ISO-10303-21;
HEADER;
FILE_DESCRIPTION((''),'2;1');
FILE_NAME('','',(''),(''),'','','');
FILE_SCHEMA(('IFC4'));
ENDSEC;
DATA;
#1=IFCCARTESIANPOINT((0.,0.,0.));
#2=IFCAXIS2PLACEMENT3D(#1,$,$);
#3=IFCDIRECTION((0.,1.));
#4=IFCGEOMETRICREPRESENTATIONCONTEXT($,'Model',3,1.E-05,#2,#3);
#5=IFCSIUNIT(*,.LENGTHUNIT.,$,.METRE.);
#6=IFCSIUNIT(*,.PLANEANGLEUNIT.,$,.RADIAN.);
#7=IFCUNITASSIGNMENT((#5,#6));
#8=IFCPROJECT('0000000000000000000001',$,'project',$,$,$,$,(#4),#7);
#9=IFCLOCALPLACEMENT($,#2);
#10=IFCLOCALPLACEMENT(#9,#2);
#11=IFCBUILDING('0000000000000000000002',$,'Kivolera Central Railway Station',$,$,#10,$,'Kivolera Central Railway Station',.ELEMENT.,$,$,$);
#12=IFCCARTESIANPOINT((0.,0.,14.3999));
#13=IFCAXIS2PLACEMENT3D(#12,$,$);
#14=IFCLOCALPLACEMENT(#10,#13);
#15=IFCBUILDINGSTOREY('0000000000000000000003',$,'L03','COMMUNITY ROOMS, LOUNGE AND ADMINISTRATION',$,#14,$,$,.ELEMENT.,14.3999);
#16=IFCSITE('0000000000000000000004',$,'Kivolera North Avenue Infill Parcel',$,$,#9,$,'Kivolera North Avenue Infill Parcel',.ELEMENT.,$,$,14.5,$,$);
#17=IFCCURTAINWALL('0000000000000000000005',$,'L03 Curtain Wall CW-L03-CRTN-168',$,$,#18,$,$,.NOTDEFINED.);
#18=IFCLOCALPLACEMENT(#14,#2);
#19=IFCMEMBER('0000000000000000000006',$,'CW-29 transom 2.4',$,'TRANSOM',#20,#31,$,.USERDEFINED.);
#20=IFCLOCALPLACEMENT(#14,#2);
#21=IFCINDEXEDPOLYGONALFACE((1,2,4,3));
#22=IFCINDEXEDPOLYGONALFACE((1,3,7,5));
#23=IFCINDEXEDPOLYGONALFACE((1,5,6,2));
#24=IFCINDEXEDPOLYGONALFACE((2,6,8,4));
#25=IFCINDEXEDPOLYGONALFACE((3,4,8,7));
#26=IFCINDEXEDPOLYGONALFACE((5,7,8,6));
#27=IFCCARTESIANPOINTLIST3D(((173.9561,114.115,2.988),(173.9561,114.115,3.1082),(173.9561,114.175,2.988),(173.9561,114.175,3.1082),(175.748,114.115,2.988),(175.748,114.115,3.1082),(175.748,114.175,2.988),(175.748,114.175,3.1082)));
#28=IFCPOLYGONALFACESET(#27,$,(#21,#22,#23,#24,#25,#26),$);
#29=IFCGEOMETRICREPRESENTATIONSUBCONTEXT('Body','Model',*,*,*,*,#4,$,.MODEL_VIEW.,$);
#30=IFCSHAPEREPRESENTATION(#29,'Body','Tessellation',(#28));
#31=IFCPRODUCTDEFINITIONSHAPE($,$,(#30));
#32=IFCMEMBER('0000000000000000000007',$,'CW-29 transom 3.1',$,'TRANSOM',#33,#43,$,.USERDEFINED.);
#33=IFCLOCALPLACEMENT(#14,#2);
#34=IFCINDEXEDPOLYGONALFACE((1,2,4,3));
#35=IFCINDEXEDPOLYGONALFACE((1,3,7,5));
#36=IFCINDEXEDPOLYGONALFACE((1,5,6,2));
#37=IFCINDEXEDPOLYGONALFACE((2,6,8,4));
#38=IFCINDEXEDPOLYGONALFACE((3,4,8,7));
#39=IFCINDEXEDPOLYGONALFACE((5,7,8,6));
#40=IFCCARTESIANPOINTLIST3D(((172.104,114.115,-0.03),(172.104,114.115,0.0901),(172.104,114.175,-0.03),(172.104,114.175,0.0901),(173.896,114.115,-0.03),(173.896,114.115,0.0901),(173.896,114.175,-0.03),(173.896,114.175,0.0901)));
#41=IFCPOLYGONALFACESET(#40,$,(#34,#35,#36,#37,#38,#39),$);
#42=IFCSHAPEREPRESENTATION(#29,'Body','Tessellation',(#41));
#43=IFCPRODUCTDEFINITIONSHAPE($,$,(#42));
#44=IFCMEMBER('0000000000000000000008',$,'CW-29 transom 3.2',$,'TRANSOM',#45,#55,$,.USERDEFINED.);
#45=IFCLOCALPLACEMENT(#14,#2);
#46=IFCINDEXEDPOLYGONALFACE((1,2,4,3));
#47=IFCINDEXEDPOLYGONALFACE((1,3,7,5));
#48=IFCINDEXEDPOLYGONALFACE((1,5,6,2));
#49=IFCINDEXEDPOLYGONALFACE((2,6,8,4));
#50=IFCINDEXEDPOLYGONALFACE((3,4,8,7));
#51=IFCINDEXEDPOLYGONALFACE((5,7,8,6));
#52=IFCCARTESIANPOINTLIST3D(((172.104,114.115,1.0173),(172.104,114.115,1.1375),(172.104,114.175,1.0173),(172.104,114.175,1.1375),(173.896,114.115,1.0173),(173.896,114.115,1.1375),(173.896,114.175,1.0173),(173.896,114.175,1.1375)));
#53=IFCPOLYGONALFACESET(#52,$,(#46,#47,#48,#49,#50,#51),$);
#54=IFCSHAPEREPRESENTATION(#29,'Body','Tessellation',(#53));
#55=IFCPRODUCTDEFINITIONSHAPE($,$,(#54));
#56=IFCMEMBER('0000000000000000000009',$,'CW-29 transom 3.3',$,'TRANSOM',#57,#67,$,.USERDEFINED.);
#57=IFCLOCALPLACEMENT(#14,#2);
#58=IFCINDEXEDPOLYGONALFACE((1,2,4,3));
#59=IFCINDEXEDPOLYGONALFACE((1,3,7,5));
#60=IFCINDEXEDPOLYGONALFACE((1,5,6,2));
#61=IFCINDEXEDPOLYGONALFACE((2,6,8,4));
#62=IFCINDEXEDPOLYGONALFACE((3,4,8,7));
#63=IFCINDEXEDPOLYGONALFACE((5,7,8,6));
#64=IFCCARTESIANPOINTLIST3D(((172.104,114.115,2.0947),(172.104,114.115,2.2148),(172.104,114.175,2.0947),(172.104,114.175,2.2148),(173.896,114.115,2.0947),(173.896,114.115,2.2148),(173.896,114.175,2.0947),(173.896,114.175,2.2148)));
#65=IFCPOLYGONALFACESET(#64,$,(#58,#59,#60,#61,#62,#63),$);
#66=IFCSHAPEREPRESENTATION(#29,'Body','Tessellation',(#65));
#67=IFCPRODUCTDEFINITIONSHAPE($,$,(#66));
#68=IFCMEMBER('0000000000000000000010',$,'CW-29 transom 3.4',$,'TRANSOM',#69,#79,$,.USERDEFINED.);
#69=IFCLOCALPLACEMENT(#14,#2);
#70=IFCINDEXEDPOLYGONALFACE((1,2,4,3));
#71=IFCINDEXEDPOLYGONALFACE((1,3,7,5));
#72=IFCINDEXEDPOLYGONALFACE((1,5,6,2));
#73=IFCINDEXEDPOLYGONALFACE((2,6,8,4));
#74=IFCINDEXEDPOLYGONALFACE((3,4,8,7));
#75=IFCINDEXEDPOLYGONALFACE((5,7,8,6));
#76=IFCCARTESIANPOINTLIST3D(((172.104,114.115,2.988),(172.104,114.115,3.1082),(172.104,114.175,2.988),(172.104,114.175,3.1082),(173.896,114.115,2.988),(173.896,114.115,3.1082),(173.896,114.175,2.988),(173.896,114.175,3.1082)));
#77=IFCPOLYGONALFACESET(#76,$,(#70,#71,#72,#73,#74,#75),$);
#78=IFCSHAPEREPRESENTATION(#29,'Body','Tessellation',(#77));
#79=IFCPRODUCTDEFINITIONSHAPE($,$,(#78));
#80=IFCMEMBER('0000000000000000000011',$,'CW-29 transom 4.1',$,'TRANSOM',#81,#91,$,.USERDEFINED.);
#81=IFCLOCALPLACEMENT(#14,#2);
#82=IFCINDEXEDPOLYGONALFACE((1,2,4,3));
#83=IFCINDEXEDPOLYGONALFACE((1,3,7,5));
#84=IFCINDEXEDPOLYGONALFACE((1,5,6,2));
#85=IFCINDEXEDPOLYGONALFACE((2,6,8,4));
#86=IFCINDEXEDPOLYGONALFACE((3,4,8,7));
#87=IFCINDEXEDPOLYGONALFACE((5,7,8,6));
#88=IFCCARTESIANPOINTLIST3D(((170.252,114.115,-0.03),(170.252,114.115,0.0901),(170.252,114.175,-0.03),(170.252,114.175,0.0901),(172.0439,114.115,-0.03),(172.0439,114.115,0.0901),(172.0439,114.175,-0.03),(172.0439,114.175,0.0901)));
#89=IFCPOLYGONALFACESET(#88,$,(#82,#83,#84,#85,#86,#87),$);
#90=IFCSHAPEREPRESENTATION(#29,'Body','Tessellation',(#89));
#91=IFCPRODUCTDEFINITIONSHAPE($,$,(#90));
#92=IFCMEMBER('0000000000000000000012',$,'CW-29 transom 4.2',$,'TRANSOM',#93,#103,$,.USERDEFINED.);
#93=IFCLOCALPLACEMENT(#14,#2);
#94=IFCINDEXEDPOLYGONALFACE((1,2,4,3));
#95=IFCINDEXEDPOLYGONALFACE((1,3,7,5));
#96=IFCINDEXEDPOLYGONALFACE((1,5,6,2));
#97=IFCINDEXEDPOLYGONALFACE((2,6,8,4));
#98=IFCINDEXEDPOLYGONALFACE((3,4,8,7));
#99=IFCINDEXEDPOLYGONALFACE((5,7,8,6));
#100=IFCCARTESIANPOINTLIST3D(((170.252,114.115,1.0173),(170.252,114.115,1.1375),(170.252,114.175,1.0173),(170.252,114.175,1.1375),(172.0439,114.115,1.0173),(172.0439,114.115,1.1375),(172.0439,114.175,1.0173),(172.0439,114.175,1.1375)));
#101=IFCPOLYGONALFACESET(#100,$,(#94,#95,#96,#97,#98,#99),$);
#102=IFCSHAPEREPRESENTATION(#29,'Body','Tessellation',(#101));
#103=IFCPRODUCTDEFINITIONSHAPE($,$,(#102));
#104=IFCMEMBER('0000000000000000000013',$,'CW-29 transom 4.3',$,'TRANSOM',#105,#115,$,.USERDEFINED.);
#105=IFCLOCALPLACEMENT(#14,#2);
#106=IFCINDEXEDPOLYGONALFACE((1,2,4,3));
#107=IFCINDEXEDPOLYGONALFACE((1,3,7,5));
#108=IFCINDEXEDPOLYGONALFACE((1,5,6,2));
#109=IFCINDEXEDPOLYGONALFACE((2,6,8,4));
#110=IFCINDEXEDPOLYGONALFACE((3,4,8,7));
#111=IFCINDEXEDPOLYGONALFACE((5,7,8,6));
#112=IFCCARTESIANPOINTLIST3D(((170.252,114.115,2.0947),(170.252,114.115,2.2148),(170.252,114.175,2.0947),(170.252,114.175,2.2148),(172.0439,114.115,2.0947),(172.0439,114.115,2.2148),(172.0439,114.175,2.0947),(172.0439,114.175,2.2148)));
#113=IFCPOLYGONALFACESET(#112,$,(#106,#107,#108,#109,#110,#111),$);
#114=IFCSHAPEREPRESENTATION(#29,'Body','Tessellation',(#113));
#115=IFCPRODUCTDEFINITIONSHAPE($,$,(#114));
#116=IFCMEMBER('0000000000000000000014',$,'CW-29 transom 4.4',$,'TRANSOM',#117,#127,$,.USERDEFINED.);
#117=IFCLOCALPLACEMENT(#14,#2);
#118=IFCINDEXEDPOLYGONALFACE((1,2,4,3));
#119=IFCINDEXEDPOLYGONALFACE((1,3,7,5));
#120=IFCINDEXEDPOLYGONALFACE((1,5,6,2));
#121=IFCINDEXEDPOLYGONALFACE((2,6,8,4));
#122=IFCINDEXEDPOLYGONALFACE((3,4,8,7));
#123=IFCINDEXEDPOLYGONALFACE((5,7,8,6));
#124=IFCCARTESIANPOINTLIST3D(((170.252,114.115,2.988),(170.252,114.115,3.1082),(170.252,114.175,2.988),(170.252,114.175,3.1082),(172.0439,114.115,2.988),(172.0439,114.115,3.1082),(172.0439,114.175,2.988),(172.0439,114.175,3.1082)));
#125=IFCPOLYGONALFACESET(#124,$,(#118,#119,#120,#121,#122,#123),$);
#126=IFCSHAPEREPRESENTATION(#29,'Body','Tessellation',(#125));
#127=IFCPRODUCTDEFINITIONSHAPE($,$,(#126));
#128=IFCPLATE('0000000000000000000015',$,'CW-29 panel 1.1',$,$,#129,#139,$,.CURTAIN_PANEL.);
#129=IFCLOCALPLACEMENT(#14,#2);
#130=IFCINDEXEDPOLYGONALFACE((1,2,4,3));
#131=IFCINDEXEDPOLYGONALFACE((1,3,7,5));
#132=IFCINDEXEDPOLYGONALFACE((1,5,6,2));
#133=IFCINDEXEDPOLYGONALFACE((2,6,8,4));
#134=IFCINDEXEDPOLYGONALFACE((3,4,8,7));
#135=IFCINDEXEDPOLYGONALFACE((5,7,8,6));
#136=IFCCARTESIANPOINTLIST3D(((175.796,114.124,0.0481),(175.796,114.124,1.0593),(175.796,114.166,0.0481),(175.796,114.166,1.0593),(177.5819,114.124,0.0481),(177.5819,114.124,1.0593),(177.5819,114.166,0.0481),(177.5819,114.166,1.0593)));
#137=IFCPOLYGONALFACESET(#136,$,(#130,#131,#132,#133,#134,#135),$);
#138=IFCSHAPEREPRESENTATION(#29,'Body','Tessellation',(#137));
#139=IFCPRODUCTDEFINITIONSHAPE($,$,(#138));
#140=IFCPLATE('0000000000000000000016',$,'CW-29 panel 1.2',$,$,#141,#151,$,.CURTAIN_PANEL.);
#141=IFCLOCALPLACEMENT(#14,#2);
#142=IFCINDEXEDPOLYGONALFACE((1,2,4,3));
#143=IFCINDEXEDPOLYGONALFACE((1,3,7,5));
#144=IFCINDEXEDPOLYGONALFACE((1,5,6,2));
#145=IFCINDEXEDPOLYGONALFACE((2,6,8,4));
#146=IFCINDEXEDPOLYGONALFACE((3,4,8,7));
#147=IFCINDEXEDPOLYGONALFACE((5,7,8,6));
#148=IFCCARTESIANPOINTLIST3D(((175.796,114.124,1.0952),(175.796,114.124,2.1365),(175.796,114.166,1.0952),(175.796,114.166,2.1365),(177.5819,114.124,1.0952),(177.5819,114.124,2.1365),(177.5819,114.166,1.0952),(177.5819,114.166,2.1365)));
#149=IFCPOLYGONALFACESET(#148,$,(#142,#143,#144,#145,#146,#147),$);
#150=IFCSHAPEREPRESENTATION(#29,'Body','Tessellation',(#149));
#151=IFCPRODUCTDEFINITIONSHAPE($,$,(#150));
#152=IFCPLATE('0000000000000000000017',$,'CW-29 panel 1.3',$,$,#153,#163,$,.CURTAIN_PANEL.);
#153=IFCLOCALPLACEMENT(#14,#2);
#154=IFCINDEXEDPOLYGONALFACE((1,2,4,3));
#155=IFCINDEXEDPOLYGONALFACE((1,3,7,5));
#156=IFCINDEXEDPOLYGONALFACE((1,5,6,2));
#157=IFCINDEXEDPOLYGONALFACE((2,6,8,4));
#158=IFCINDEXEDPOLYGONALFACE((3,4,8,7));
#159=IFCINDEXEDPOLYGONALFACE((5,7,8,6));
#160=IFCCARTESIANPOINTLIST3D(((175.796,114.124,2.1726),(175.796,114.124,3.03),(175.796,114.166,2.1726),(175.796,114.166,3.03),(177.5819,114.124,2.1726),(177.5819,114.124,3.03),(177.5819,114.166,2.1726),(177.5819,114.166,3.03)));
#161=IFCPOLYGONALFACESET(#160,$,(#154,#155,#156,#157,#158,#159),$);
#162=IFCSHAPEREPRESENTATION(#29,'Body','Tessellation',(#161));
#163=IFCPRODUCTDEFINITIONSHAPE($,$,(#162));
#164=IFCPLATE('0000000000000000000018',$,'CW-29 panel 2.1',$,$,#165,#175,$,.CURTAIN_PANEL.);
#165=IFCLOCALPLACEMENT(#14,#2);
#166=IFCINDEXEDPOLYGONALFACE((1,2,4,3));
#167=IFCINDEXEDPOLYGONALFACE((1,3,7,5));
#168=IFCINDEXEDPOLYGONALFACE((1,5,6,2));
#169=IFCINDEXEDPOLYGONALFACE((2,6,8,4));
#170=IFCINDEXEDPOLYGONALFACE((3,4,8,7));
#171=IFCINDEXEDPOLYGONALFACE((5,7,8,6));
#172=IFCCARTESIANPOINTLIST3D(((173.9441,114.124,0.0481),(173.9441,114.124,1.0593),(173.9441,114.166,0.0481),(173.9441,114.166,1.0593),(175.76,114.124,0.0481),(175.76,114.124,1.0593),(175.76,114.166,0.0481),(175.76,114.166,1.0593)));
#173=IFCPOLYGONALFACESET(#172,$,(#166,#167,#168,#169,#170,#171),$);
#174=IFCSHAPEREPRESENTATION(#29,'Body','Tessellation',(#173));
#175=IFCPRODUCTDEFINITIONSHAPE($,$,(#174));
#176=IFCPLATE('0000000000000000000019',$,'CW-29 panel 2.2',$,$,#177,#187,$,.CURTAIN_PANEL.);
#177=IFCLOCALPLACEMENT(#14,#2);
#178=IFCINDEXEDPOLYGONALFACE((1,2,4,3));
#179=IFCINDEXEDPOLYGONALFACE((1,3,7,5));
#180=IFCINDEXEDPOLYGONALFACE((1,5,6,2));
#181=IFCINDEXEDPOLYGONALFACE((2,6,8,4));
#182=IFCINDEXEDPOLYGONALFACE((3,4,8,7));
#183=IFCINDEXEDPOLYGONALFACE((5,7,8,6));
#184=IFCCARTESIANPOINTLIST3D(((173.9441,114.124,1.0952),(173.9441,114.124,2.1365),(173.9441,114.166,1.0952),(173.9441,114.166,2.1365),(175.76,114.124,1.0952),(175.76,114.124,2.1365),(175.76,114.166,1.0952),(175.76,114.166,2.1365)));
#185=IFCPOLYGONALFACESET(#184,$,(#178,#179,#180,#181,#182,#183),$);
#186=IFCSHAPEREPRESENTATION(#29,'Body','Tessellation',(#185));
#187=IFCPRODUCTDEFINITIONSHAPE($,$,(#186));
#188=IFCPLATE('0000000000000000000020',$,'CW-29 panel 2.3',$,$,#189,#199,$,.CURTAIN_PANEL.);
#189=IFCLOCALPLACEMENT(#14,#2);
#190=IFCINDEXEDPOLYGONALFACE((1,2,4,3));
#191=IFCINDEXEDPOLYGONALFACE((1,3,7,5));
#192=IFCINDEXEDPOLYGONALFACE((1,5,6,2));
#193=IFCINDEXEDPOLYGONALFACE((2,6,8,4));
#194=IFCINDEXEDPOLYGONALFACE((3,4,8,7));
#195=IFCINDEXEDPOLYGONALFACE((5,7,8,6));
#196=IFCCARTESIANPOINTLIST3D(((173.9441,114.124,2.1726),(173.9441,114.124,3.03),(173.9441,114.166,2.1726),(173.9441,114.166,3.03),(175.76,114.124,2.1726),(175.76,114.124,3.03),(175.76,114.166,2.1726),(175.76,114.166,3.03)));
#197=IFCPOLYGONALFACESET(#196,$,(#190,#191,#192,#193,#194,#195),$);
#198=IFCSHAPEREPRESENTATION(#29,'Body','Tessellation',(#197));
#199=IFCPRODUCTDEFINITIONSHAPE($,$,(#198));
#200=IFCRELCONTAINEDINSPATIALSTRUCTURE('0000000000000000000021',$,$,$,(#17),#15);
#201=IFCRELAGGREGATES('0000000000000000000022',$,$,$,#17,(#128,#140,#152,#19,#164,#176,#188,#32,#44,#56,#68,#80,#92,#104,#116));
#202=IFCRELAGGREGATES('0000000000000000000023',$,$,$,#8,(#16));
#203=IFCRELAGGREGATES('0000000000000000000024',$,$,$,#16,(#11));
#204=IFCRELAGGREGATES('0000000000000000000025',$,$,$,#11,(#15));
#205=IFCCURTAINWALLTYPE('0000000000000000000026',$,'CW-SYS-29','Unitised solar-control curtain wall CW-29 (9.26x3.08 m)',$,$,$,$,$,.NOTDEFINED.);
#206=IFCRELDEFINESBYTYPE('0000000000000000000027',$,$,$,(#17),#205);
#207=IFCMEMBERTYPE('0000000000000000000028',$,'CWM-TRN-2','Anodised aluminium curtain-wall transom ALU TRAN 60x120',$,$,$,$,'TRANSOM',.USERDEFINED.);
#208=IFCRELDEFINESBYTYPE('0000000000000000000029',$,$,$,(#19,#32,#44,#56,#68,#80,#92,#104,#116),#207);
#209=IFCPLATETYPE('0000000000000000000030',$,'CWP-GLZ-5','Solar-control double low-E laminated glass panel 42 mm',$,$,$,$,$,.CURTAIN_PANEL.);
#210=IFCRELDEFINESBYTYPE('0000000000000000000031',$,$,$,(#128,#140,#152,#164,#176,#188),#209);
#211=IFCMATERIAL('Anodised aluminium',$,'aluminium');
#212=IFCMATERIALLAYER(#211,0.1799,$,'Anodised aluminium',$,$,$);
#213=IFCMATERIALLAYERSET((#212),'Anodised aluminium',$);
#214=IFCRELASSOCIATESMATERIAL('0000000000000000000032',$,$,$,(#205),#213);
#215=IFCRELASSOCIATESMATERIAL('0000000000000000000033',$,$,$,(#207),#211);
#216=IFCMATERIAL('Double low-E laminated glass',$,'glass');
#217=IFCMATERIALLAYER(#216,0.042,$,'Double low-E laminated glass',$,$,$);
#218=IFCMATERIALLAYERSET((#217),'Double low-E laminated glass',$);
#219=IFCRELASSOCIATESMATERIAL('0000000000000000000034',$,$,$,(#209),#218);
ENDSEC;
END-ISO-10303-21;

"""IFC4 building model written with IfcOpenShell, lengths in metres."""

from ifc_helpers import new_model, si_unit, direction, frame, origin, origin_2d, place, context, subcontext, project, spatial, rectangle, extrude, material, layer, layer_set, material_profile, profile_set, type_object, element, aggregate, save


model = new_model("IFC4")

# Units and contexts
model_context = context("Model", 3, precision=1e-05, world=origin(), true_north=direction((0.0, 1.0)))
body_context = subcontext(model_context, "Body", "Model", "MODEL_VIEW")
ifc_project = project(units=[si_unit("LENGTHUNIT", "METRE"), si_unit("PLANEANGLEUNIT", "RADIAN")], contexts=[model_context])

# Site, building, storey
site_placement = place(None, origin())
site = spatial("IfcSite", under=ifc_project, at=site_placement, Name="Kivolera North Avenue Infill Parcel", LongName="Kivolera North Avenue Infill Parcel", CompositionType="ELEMENT", RefElevation=14.5)
building_placement = place(site_placement, origin())
building = spatial("IfcBuilding", under=site, at=building_placement, Name="Kivolera Central Railway Station", LongName="Kivolera Central Railway Station", CompositionType="ELEMENT")
storey_placement = place(building_placement, frame((0.0, 0.0, 14.3999)))
storey = spatial("IfcBuildingStorey", under=building, at=storey_placement, Name="L03", Description="COMMUNITY ROOMS, LOUNGE AND ADMINISTRATION", CompositionType="ELEMENT", Elevation=14.3999)

# Curtain wall, members, plates
ifc_material_1 = material(Name="Anodised aluminium", Category="aluminium")
ifc_layer_1 = layer(ifc_material_1, 0.1799, Name="Anodised aluminium")
ifc_layer_set_1 = layer_set([ifc_layer_1], Name="Anodised aluminium")
curtain_wall_type = type_object("IfcCurtainWallType", Name="CW-SYS-29", Description="Unitised solar-control curtain wall CW-29 (9.26x3.08 m)", PredefinedType="NOTDEFINED", material=ifc_layer_set_1)
curtain_wall_placement = place(storey_placement, origin())
curtain_wall = element("IfcCurtainWall", 1, at=curtain_wall_placement, inside=storey, type_object=curtain_wall_type, Name="L03 Curtain Wall CW-L03-CRTN-168", PredefinedType="NOTDEFINED")
ifc_material_profile_1 = material_profile(ifc_material_1, rectangle(XDim=0.0601, YDim=0.1201, at=origin_2d()), Name="ALU TRAN 60x120")
ifc_profile_set_1 = profile_set([ifc_material_profile_1], Name="Anodised aluminium")
member_type_1 = type_object("IfcMemberType", Name="CWM-TRN-2", Description="Anodised aluminium curtain-wall transom ALU TRAN 60x120", ElementType="TRANSOM", PredefinedType="USERDEFINED", material=ifc_profile_set_1)
member_1_placement = place(storey_placement, frame((175.748, 114.145, 3.0481), z_axis=(-1.0, 0.0, 0.0), x_axis=(0.0, -1.0, 0.0)))
member_1 = element("IfcMember", 2, at=member_1_placement, type_object=member_type_1, Name="CW-29 transom 2.4", ObjectType="TRANSOM", PredefinedType="USERDEFINED", context=body_context, shape_type="SweptSolid", body=[
    extrude(rectangle(XDim=0.0601, YDim=0.1201, at=origin_2d()), origin(), (0.0, 0.0, 1.0), 1.792),
])
member_2_placement = place(storey_placement, frame((173.896, 114.145, 0.03), z_axis=(-1.0, 0.0, 0.0), x_axis=(0.0, -1.0, 0.0)))
member_2 = element("IfcMember", 3, at=member_2_placement, type_object=member_type_1, Name="CW-29 transom 3.1", ObjectType="TRANSOM", PredefinedType="USERDEFINED", context=body_context, shape_type="SweptSolid", body=[
    extrude(rectangle(XDim=0.0601, YDim=0.1201, at=origin_2d()), origin(), (0.0, 0.0, 1.0), 1.792),
])
member_3_placement = place(storey_placement, frame((173.896, 114.145, 1.0774), z_axis=(-1.0, 0.0, 0.0), x_axis=(0.0, -1.0, 0.0)))
member_3 = element("IfcMember", 4, at=member_3_placement, type_object=member_type_1, Name="CW-29 transom 3.2", ObjectType="TRANSOM", PredefinedType="USERDEFINED", context=body_context, shape_type="SweptSolid", body=[
    extrude(rectangle(XDim=0.0601, YDim=0.1201, at=origin_2d()), origin(), (0.0, 0.0, 1.0), 1.792),
])
member_4_placement = place(storey_placement, frame((173.896, 114.145, 2.1548), z_axis=(-1.0, 0.0, 0.0), x_axis=(0.0, -1.0, 0.0)))
member_4 = element("IfcMember", 5, at=member_4_placement, type_object=member_type_1, Name="CW-29 transom 3.3", ObjectType="TRANSOM", PredefinedType="USERDEFINED", context=body_context, shape_type="SweptSolid", body=[
    extrude(rectangle(XDim=0.0601, YDim=0.1201, at=origin_2d()), origin(), (0.0, 0.0, 1.0), 1.792),
])
member_5_placement = place(storey_placement, frame((173.896, 114.145, 3.0481), z_axis=(-1.0, 0.0, 0.0), x_axis=(0.0, -1.0, 0.0)))
member_5 = element("IfcMember", 6, at=member_5_placement, type_object=member_type_1, Name="CW-29 transom 3.4", ObjectType="TRANSOM", PredefinedType="USERDEFINED", context=body_context, shape_type="SweptSolid", body=[
    extrude(rectangle(XDim=0.0601, YDim=0.1201, at=origin_2d()), origin(), (0.0, 0.0, 1.0), 1.792),
])
member_6_placement = place(storey_placement, frame((172.0439, 114.145, 0.03), z_axis=(-1.0, 0.0, 0.0), x_axis=(0.0, -1.0, 0.0)))
member_6 = element("IfcMember", 7, at=member_6_placement, type_object=member_type_1, Name="CW-29 transom 4.1", ObjectType="TRANSOM", PredefinedType="USERDEFINED", context=body_context, shape_type="SweptSolid", body=[
    extrude(rectangle(XDim=0.0601, YDim=0.1201, at=origin_2d()), origin(), (0.0, 0.0, 1.0), 1.792),
])
member_7_placement = place(storey_placement, frame((172.0439, 114.145, 1.0774), z_axis=(-1.0, 0.0, 0.0), x_axis=(0.0, -1.0, 0.0)))
member_7 = element("IfcMember", 8, at=member_7_placement, type_object=member_type_1, Name="CW-29 transom 4.2", ObjectType="TRANSOM", PredefinedType="USERDEFINED", context=body_context, shape_type="SweptSolid", body=[
    extrude(rectangle(XDim=0.0601, YDim=0.1201, at=origin_2d()), origin(), (0.0, 0.0, 1.0), 1.792),
])
member_8_placement = place(storey_placement, frame((172.0439, 114.145, 2.1548), z_axis=(-1.0, 0.0, 0.0), x_axis=(0.0, -1.0, 0.0)))
member_8 = element("IfcMember", 9, at=member_8_placement, type_object=member_type_1, Name="CW-29 transom 4.3", ObjectType="TRANSOM", PredefinedType="USERDEFINED", context=body_context, shape_type="SweptSolid", body=[
    extrude(rectangle(XDim=0.0601, YDim=0.1201, at=origin_2d()), origin(), (0.0, 0.0, 1.0), 1.792),
])
member_9_placement = place(storey_placement, frame((172.0439, 114.145, 3.0481), z_axis=(-1.0, 0.0, 0.0), x_axis=(0.0, -1.0, 0.0)))
member_9 = element("IfcMember", 10, at=member_9_placement, type_object=member_type_1, Name="CW-29 transom 4.4", ObjectType="TRANSOM", PredefinedType="USERDEFINED", context=body_context, shape_type="SweptSolid", body=[
    extrude(rectangle(XDim=0.0601, YDim=0.1201, at=origin_2d()), origin(), (0.0, 0.0, 1.0), 1.792),
])
ifc_material_2 = material(Name="Double low-E laminated glass", Category="glass")
ifc_layer_2 = layer(ifc_material_2, 0.042, Name="Double low-E laminated glass")
ifc_layer_set_2 = layer_set([ifc_layer_2], Name="Double low-E laminated glass")
plate_type = type_object("IfcPlateType", Name="CWP-GLZ-5", Description="Solar-control double low-E laminated glass panel 42 mm", PredefinedType="CURTAIN_PANEL", material=ifc_layer_set_2)
plate_1_placement = place(storey_placement, frame((176.689, 114.145, 0.0481), z_axis=(0.0, 0.0, 1.0), x_axis=(-1.0, 0.0, 0.0)))
plate_1 = element("IfcPlate", 11, at=plate_1_placement, type_object=plate_type, Name="CW-29 panel 1.1", PredefinedType="CURTAIN_PANEL", context=body_context, shape_type="SweptSolid", body=[
    extrude(rectangle(XDim=1.7859, YDim=0.042, at=origin_2d()), origin(), (0.0, 0.0, 1.0), 1.0112),
])
plate_2_placement = place(storey_placement, frame((176.689, 114.145, 1.0952), z_axis=(0.0, 0.0, 1.0), x_axis=(-1.0, 0.0, 0.0)))
plate_2 = element("IfcPlate", 12, at=plate_2_placement, type_object=plate_type, Name="CW-29 panel 1.2", PredefinedType="CURTAIN_PANEL", context=body_context, shape_type="SweptSolid", body=[
    extrude(rectangle(XDim=1.7859, YDim=0.042, at=origin_2d()), origin(), (0.0, 0.0, 1.0), 1.0413),
])
plate_3_placement = place(storey_placement, frame((176.689, 114.145, 2.1726), z_axis=(0.0, 0.0, 1.0), x_axis=(-1.0, 0.0, 0.0)))
plate_3 = element("IfcPlate", 13, at=plate_3_placement, type_object=plate_type, Name="CW-29 panel 1.3", PredefinedType="CURTAIN_PANEL", context=body_context, shape_type="SweptSolid", body=[
    extrude(rectangle(XDim=1.7859, YDim=0.042, at=origin_2d()), origin(), (0.0, 0.0, 1.0), 0.8574),
])
plate_4_placement = place(storey_placement, frame((174.8521, 114.145, 0.0481), z_axis=(0.0, 0.0, 1.0), x_axis=(-1.0, 0.0, 0.0)))
plate_4 = element("IfcPlate", 14, at=plate_4_placement, type_object=plate_type, Name="CW-29 panel 2.1", PredefinedType="CURTAIN_PANEL", context=body_context, shape_type="SweptSolid", body=[
    extrude(rectangle(XDim=1.8159, YDim=0.042, at=origin_2d()), origin(), (0.0, 0.0, 1.0), 1.0112),
])
plate_5_placement = place(storey_placement, frame((174.8521, 114.145, 1.0952), z_axis=(0.0, 0.0, 1.0), x_axis=(-1.0, 0.0, 0.0)))
plate_5 = element("IfcPlate", 15, at=plate_5_placement, type_object=plate_type, Name="CW-29 panel 2.2", PredefinedType="CURTAIN_PANEL", context=body_context, shape_type="SweptSolid", body=[
    extrude(rectangle(XDim=1.8159, YDim=0.042, at=origin_2d()), origin(), (0.0, 0.0, 1.0), 1.0413),
])
plate_6_placement = place(storey_placement, frame((174.8521, 114.145, 2.1726), z_axis=(0.0, 0.0, 1.0), x_axis=(-1.0, 0.0, 0.0)))
plate_6 = element("IfcPlate", 16, at=plate_6_placement, type_object=plate_type, Name="CW-29 panel 2.3", PredefinedType="CURTAIN_PANEL", context=body_context, shape_type="SweptSolid", body=[
    extrude(rectangle(XDim=1.8159, YDim=0.042, at=origin_2d()), origin(), (0.0, 0.0, 1.0), 0.8574),
])
aggregate(curtain_wall, [plate_1, plate_2, plate_3, member_1, plate_4, plate_5, plate_6, member_2, member_3, member_4, member_5, member_6, member_7, member_8, member_9])

save(model, "model.ifc")
